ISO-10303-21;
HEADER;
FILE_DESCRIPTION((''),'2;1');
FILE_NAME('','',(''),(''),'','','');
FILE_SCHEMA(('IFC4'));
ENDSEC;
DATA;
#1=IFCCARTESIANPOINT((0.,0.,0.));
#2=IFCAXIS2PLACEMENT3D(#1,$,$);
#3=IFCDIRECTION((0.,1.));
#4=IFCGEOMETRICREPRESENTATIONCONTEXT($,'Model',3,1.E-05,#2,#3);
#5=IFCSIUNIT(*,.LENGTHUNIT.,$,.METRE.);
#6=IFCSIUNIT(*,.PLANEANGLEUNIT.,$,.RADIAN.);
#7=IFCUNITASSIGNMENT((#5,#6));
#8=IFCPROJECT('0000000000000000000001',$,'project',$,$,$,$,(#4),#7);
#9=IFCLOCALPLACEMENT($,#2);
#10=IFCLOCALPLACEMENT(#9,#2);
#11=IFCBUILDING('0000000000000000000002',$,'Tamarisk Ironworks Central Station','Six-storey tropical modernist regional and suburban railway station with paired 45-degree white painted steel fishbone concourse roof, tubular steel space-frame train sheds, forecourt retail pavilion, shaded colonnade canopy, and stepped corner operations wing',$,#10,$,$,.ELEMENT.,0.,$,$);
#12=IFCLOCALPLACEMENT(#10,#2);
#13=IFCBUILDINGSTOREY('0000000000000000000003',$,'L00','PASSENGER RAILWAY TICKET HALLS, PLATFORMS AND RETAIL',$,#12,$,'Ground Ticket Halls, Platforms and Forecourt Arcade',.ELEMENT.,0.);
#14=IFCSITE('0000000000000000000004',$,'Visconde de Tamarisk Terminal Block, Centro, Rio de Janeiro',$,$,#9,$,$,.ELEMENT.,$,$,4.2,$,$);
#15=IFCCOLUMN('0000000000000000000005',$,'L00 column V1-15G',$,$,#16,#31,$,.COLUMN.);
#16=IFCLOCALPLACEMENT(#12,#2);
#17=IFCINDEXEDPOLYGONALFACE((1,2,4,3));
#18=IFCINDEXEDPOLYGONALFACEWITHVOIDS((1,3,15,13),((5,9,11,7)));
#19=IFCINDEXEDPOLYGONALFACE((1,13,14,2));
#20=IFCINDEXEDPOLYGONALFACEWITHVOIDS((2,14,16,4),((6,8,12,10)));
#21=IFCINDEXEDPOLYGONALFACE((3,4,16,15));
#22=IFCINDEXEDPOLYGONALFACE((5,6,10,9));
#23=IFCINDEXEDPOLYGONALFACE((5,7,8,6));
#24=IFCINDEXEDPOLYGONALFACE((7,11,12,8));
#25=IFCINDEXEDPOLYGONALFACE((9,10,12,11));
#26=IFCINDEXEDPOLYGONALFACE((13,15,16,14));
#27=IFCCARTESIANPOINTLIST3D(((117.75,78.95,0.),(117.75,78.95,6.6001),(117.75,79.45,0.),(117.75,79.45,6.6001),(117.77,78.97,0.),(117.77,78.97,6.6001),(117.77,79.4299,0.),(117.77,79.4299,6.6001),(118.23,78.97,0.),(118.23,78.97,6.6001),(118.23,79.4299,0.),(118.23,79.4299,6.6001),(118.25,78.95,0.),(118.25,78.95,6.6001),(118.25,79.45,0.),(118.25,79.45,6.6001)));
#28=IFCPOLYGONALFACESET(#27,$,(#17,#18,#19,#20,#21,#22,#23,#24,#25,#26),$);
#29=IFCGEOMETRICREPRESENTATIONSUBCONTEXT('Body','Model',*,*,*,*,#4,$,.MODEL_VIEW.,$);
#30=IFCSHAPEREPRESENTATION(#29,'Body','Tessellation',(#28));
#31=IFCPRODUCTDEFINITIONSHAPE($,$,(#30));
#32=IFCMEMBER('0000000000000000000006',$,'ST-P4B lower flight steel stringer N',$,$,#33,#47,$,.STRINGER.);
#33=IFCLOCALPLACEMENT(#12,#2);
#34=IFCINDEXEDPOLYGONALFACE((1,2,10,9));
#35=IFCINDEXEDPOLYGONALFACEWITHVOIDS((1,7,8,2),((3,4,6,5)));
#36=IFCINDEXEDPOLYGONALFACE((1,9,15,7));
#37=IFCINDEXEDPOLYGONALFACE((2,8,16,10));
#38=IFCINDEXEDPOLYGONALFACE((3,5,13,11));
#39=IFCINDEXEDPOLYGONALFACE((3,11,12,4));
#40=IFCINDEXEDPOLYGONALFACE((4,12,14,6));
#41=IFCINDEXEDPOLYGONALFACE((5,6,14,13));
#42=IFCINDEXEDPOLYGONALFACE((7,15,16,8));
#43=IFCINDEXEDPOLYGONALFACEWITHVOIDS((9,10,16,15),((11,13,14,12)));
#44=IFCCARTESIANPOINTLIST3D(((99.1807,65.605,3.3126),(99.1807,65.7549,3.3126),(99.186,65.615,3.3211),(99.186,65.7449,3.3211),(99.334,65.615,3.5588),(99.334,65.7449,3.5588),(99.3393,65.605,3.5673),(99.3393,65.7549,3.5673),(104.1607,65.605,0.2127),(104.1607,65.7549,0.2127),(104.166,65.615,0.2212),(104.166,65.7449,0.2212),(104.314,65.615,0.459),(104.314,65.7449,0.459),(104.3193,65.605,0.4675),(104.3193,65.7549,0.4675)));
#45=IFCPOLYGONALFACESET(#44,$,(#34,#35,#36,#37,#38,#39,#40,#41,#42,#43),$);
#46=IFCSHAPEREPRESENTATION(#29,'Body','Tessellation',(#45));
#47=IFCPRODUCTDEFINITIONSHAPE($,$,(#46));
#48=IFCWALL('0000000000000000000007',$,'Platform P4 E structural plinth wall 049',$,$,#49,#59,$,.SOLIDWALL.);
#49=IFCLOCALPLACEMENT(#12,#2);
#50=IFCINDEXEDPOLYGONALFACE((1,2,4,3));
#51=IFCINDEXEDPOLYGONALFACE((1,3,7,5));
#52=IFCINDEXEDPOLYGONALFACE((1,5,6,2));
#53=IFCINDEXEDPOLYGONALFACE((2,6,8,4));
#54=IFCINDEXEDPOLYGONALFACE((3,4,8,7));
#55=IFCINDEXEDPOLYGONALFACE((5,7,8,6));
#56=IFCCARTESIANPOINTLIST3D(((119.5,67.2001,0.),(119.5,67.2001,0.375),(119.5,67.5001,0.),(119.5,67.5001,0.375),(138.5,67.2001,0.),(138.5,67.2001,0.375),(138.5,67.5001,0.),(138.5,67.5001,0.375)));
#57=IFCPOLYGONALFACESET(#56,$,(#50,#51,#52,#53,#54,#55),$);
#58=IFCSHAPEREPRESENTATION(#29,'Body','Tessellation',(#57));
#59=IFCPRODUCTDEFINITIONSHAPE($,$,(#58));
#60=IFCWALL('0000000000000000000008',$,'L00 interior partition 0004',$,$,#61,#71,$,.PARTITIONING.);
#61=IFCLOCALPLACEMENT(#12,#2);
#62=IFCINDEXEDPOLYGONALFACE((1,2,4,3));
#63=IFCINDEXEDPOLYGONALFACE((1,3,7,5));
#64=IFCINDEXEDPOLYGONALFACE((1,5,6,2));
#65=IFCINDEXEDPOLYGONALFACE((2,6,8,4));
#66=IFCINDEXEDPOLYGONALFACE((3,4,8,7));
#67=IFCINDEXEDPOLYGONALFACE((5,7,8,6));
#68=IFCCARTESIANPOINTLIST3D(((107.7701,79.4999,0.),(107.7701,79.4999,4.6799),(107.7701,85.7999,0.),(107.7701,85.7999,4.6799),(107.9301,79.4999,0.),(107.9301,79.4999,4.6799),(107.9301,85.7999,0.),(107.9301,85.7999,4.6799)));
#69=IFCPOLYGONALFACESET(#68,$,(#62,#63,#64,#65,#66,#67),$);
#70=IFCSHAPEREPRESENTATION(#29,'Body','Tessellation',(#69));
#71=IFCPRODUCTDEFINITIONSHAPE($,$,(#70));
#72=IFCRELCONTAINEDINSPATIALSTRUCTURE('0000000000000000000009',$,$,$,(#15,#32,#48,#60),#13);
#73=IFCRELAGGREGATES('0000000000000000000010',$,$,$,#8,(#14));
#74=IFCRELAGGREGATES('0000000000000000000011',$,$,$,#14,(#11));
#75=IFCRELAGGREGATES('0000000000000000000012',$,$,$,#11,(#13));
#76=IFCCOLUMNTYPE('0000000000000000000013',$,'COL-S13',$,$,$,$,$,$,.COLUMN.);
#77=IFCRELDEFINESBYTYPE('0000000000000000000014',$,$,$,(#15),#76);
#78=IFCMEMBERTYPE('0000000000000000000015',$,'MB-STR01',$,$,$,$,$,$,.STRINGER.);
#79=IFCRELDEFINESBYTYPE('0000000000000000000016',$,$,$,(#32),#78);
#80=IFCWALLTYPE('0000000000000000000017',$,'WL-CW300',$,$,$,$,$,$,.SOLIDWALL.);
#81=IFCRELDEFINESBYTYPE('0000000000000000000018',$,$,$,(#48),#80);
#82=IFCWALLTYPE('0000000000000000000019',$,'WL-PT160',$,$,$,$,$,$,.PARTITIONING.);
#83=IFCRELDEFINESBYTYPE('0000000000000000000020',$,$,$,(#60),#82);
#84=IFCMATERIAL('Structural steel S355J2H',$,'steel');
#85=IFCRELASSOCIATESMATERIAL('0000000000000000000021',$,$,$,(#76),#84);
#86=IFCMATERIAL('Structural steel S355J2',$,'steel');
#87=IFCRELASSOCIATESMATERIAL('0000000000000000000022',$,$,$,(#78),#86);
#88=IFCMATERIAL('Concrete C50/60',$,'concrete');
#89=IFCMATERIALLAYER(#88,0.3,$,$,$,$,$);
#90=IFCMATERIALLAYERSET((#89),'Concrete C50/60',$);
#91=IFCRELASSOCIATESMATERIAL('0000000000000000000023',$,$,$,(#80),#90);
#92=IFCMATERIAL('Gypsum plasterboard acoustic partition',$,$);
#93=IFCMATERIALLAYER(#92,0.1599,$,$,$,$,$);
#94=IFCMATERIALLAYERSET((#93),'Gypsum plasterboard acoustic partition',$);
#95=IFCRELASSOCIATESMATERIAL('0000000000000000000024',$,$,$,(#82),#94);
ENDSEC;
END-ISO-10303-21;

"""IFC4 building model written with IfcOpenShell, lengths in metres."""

from ifc_helpers import new_model, si_unit, direction, frame, frame_2d, origin, origin_2d, place, context, subcontext, project, spatial, rectangle, hollow_rectangle, extrude, material, layer, layer_set, material_profile, profile_set, type_object, element, save


model = new_model("IFC4")

# Units and contexts
model_context = context("Model", 3, precision=1e-05, world=origin(), true_north=direction((0.0, 1.0)))
body_context = subcontext(model_context, "Body", "Model", "MODEL_VIEW")
ifc_project = project(units=[si_unit("LENGTHUNIT", "METRE"), si_unit("PLANEANGLEUNIT", "RADIAN")], contexts=[model_context])

# Site, building, storey
site_placement = place(None, origin())
site = spatial("IfcSite", under=ifc_project, at=site_placement, Name="Visconde de Tamarisk Terminal Block, Centro, Rio de Janeiro", CompositionType="ELEMENT", RefElevation=4.2)
building_placement = place(site_placement, origin())
building = spatial("IfcBuilding", under=site, at=building_placement, Name="Tamarisk Ironworks Central Station", Description="Six-storey tropical modernist regional and suburban railway station with paired 45-degree white painted steel fishbone concourse roof, tubular steel space-frame train sheds, forecourt retail pavilion, shaded colonnade canopy, and stepped corner operations wing", CompositionType="ELEMENT", ElevationOfRefHeight=0.0)
storey_placement = place(building_placement, origin())
storey = spatial("IfcBuildingStorey", under=building, at=storey_placement, Name="L00", Description="PASSENGER RAILWAY TICKET HALLS, PLATFORMS AND RETAIL", LongName="Ground Ticket Halls, Platforms and Forecourt Arcade", CompositionType="ELEMENT", Elevation=0.0)

# Column
ifc_material_1 = material(Name="Structural steel S355J2", Category="steel")
ifc_material_2 = material(Name="Structural steel S355J2H", Category="steel")
ifc_material_profile_1 = material_profile(ifc_material_2, hollow_rectangle(XDim=0.5, YDim=0.5, WallThickness=0.02, at=origin_2d()), Name="SHS 500x500x20")
ifc_profile_set_1 = profile_set([ifc_material_profile_1], Name="Structural steel S355J2H")
column_type_1 = type_object("IfcColumnType", Name="COL-S13", PredefinedType="COLUMN", material=ifc_profile_set_1)
for number, where, z_axis, x_axis, name in (
    (1, (118.0, 79.2, 0.0), (0.0, 0.0, 1.0), (1.0, 0.0, 0.0), "L00 column V1-15G"),
):
    element("IfcColumn", number, at=place(storey_placement, frame(where, z_axis=z_axis, x_axis=x_axis)), inside=storey, type_object=column_type_1, Name=name, PredefinedType="COLUMN", context=body_context, shape_type="SweptSolid", body=[
        extrude(hollow_rectangle(XDim=0.5, YDim=0.5, WallThickness=0.02, at=origin_2d()), origin(), (0.0, 0.0, 1.0), 6.6001),
    ])

# Member
ifc_material_profile_2 = material_profile(ifc_material_1, hollow_rectangle(XDim=0.1499, YDim=0.3, WallThickness=0.01, at=origin_2d()), Name="RHS 300x150x10")
ifc_profile_set_2 = profile_set([ifc_material_profile_2], Name="Structural steel S355J2")
member_type = type_object("IfcMemberType", Name="MB-STR01", PredefinedType="STRINGER", material=ifc_profile_set_2)
member_placement = place(storey_placement, frame((104.24, 65.6799, 0.3401), z_axis=(-0.848965, 0.0, 0.528449), x_axis=(0.0, -1.0, 0.0)))
element("IfcMember", 2, at=member_placement, inside=storey, type_object=member_type, Name="ST-P4B lower flight steel stringer N", PredefinedType="STRINGER", context=body_context, shape_type="SweptSolid", body=[
    extrude(hollow_rectangle(XDim=0.1499, YDim=0.3, WallThickness=0.01, at=origin_2d()), origin(), (0.0, 0.0, 1.0), 5.866),
])

# Walls
ifc_material_3 = material(Name="Concrete C50/60", Category="concrete")
ifc_layer_1 = layer(ifc_material_3, 0.3)
ifc_layer_set_1 = layer_set([ifc_layer_1], Name="Concrete C50/60")
wall_type_1 = type_object("IfcWallType", Name="WL-CW300", PredefinedType="SOLIDWALL", material=ifc_layer_set_1)
wall_1_placement = place(storey_placement, frame((119.5, 67.3501, 0.0), z_axis=(0.0, 0.0, 1.0), x_axis=(1.0, 0.0, 0.0)))
element("IfcWall", 3, at=wall_1_placement, inside=storey, type_object=wall_type_1, Name="Platform P4 E structural plinth wall 049", PredefinedType="SOLIDWALL", context=body_context, shape_type="SweptSolid", body=[
    extrude(rectangle(XDim=19.0, YDim=0.3, at=frame_2d((9.5, 0.0))), origin(), (0.0, 0.0, 1.0), 0.375),
])
ifc_material_4 = material(Name="Gypsum plasterboard acoustic partition")
ifc_layer_2 = layer(ifc_material_4, 0.1599)
ifc_layer_set_2 = layer_set([ifc_layer_2], Name="Gypsum plasterboard acoustic partition")
wall_type_2 = type_object("IfcWallType", Name="WL-PT160", PredefinedType="PARTITIONING", material=ifc_layer_set_2)
wall_2_placement = place(storey_placement, frame((107.8501, 79.5, 0.0), z_axis=(0.0, 0.0, 1.0), x_axis=(0.0, 1.0, 0.0)))
element("IfcWall", 4, at=wall_2_placement, inside=storey, type_object=wall_type_2, Name="L00 interior partition 0004", PredefinedType="PARTITIONING", context=body_context, shape_type="SweptSolid", body=[
    extrude(rectangle(XDim=6.3, YDim=0.1599, at=frame_2d((3.1499, 0.0))), origin(), (0.0, 0.0, 1.0), 4.6799),
])

save(model, "model.ifc")
